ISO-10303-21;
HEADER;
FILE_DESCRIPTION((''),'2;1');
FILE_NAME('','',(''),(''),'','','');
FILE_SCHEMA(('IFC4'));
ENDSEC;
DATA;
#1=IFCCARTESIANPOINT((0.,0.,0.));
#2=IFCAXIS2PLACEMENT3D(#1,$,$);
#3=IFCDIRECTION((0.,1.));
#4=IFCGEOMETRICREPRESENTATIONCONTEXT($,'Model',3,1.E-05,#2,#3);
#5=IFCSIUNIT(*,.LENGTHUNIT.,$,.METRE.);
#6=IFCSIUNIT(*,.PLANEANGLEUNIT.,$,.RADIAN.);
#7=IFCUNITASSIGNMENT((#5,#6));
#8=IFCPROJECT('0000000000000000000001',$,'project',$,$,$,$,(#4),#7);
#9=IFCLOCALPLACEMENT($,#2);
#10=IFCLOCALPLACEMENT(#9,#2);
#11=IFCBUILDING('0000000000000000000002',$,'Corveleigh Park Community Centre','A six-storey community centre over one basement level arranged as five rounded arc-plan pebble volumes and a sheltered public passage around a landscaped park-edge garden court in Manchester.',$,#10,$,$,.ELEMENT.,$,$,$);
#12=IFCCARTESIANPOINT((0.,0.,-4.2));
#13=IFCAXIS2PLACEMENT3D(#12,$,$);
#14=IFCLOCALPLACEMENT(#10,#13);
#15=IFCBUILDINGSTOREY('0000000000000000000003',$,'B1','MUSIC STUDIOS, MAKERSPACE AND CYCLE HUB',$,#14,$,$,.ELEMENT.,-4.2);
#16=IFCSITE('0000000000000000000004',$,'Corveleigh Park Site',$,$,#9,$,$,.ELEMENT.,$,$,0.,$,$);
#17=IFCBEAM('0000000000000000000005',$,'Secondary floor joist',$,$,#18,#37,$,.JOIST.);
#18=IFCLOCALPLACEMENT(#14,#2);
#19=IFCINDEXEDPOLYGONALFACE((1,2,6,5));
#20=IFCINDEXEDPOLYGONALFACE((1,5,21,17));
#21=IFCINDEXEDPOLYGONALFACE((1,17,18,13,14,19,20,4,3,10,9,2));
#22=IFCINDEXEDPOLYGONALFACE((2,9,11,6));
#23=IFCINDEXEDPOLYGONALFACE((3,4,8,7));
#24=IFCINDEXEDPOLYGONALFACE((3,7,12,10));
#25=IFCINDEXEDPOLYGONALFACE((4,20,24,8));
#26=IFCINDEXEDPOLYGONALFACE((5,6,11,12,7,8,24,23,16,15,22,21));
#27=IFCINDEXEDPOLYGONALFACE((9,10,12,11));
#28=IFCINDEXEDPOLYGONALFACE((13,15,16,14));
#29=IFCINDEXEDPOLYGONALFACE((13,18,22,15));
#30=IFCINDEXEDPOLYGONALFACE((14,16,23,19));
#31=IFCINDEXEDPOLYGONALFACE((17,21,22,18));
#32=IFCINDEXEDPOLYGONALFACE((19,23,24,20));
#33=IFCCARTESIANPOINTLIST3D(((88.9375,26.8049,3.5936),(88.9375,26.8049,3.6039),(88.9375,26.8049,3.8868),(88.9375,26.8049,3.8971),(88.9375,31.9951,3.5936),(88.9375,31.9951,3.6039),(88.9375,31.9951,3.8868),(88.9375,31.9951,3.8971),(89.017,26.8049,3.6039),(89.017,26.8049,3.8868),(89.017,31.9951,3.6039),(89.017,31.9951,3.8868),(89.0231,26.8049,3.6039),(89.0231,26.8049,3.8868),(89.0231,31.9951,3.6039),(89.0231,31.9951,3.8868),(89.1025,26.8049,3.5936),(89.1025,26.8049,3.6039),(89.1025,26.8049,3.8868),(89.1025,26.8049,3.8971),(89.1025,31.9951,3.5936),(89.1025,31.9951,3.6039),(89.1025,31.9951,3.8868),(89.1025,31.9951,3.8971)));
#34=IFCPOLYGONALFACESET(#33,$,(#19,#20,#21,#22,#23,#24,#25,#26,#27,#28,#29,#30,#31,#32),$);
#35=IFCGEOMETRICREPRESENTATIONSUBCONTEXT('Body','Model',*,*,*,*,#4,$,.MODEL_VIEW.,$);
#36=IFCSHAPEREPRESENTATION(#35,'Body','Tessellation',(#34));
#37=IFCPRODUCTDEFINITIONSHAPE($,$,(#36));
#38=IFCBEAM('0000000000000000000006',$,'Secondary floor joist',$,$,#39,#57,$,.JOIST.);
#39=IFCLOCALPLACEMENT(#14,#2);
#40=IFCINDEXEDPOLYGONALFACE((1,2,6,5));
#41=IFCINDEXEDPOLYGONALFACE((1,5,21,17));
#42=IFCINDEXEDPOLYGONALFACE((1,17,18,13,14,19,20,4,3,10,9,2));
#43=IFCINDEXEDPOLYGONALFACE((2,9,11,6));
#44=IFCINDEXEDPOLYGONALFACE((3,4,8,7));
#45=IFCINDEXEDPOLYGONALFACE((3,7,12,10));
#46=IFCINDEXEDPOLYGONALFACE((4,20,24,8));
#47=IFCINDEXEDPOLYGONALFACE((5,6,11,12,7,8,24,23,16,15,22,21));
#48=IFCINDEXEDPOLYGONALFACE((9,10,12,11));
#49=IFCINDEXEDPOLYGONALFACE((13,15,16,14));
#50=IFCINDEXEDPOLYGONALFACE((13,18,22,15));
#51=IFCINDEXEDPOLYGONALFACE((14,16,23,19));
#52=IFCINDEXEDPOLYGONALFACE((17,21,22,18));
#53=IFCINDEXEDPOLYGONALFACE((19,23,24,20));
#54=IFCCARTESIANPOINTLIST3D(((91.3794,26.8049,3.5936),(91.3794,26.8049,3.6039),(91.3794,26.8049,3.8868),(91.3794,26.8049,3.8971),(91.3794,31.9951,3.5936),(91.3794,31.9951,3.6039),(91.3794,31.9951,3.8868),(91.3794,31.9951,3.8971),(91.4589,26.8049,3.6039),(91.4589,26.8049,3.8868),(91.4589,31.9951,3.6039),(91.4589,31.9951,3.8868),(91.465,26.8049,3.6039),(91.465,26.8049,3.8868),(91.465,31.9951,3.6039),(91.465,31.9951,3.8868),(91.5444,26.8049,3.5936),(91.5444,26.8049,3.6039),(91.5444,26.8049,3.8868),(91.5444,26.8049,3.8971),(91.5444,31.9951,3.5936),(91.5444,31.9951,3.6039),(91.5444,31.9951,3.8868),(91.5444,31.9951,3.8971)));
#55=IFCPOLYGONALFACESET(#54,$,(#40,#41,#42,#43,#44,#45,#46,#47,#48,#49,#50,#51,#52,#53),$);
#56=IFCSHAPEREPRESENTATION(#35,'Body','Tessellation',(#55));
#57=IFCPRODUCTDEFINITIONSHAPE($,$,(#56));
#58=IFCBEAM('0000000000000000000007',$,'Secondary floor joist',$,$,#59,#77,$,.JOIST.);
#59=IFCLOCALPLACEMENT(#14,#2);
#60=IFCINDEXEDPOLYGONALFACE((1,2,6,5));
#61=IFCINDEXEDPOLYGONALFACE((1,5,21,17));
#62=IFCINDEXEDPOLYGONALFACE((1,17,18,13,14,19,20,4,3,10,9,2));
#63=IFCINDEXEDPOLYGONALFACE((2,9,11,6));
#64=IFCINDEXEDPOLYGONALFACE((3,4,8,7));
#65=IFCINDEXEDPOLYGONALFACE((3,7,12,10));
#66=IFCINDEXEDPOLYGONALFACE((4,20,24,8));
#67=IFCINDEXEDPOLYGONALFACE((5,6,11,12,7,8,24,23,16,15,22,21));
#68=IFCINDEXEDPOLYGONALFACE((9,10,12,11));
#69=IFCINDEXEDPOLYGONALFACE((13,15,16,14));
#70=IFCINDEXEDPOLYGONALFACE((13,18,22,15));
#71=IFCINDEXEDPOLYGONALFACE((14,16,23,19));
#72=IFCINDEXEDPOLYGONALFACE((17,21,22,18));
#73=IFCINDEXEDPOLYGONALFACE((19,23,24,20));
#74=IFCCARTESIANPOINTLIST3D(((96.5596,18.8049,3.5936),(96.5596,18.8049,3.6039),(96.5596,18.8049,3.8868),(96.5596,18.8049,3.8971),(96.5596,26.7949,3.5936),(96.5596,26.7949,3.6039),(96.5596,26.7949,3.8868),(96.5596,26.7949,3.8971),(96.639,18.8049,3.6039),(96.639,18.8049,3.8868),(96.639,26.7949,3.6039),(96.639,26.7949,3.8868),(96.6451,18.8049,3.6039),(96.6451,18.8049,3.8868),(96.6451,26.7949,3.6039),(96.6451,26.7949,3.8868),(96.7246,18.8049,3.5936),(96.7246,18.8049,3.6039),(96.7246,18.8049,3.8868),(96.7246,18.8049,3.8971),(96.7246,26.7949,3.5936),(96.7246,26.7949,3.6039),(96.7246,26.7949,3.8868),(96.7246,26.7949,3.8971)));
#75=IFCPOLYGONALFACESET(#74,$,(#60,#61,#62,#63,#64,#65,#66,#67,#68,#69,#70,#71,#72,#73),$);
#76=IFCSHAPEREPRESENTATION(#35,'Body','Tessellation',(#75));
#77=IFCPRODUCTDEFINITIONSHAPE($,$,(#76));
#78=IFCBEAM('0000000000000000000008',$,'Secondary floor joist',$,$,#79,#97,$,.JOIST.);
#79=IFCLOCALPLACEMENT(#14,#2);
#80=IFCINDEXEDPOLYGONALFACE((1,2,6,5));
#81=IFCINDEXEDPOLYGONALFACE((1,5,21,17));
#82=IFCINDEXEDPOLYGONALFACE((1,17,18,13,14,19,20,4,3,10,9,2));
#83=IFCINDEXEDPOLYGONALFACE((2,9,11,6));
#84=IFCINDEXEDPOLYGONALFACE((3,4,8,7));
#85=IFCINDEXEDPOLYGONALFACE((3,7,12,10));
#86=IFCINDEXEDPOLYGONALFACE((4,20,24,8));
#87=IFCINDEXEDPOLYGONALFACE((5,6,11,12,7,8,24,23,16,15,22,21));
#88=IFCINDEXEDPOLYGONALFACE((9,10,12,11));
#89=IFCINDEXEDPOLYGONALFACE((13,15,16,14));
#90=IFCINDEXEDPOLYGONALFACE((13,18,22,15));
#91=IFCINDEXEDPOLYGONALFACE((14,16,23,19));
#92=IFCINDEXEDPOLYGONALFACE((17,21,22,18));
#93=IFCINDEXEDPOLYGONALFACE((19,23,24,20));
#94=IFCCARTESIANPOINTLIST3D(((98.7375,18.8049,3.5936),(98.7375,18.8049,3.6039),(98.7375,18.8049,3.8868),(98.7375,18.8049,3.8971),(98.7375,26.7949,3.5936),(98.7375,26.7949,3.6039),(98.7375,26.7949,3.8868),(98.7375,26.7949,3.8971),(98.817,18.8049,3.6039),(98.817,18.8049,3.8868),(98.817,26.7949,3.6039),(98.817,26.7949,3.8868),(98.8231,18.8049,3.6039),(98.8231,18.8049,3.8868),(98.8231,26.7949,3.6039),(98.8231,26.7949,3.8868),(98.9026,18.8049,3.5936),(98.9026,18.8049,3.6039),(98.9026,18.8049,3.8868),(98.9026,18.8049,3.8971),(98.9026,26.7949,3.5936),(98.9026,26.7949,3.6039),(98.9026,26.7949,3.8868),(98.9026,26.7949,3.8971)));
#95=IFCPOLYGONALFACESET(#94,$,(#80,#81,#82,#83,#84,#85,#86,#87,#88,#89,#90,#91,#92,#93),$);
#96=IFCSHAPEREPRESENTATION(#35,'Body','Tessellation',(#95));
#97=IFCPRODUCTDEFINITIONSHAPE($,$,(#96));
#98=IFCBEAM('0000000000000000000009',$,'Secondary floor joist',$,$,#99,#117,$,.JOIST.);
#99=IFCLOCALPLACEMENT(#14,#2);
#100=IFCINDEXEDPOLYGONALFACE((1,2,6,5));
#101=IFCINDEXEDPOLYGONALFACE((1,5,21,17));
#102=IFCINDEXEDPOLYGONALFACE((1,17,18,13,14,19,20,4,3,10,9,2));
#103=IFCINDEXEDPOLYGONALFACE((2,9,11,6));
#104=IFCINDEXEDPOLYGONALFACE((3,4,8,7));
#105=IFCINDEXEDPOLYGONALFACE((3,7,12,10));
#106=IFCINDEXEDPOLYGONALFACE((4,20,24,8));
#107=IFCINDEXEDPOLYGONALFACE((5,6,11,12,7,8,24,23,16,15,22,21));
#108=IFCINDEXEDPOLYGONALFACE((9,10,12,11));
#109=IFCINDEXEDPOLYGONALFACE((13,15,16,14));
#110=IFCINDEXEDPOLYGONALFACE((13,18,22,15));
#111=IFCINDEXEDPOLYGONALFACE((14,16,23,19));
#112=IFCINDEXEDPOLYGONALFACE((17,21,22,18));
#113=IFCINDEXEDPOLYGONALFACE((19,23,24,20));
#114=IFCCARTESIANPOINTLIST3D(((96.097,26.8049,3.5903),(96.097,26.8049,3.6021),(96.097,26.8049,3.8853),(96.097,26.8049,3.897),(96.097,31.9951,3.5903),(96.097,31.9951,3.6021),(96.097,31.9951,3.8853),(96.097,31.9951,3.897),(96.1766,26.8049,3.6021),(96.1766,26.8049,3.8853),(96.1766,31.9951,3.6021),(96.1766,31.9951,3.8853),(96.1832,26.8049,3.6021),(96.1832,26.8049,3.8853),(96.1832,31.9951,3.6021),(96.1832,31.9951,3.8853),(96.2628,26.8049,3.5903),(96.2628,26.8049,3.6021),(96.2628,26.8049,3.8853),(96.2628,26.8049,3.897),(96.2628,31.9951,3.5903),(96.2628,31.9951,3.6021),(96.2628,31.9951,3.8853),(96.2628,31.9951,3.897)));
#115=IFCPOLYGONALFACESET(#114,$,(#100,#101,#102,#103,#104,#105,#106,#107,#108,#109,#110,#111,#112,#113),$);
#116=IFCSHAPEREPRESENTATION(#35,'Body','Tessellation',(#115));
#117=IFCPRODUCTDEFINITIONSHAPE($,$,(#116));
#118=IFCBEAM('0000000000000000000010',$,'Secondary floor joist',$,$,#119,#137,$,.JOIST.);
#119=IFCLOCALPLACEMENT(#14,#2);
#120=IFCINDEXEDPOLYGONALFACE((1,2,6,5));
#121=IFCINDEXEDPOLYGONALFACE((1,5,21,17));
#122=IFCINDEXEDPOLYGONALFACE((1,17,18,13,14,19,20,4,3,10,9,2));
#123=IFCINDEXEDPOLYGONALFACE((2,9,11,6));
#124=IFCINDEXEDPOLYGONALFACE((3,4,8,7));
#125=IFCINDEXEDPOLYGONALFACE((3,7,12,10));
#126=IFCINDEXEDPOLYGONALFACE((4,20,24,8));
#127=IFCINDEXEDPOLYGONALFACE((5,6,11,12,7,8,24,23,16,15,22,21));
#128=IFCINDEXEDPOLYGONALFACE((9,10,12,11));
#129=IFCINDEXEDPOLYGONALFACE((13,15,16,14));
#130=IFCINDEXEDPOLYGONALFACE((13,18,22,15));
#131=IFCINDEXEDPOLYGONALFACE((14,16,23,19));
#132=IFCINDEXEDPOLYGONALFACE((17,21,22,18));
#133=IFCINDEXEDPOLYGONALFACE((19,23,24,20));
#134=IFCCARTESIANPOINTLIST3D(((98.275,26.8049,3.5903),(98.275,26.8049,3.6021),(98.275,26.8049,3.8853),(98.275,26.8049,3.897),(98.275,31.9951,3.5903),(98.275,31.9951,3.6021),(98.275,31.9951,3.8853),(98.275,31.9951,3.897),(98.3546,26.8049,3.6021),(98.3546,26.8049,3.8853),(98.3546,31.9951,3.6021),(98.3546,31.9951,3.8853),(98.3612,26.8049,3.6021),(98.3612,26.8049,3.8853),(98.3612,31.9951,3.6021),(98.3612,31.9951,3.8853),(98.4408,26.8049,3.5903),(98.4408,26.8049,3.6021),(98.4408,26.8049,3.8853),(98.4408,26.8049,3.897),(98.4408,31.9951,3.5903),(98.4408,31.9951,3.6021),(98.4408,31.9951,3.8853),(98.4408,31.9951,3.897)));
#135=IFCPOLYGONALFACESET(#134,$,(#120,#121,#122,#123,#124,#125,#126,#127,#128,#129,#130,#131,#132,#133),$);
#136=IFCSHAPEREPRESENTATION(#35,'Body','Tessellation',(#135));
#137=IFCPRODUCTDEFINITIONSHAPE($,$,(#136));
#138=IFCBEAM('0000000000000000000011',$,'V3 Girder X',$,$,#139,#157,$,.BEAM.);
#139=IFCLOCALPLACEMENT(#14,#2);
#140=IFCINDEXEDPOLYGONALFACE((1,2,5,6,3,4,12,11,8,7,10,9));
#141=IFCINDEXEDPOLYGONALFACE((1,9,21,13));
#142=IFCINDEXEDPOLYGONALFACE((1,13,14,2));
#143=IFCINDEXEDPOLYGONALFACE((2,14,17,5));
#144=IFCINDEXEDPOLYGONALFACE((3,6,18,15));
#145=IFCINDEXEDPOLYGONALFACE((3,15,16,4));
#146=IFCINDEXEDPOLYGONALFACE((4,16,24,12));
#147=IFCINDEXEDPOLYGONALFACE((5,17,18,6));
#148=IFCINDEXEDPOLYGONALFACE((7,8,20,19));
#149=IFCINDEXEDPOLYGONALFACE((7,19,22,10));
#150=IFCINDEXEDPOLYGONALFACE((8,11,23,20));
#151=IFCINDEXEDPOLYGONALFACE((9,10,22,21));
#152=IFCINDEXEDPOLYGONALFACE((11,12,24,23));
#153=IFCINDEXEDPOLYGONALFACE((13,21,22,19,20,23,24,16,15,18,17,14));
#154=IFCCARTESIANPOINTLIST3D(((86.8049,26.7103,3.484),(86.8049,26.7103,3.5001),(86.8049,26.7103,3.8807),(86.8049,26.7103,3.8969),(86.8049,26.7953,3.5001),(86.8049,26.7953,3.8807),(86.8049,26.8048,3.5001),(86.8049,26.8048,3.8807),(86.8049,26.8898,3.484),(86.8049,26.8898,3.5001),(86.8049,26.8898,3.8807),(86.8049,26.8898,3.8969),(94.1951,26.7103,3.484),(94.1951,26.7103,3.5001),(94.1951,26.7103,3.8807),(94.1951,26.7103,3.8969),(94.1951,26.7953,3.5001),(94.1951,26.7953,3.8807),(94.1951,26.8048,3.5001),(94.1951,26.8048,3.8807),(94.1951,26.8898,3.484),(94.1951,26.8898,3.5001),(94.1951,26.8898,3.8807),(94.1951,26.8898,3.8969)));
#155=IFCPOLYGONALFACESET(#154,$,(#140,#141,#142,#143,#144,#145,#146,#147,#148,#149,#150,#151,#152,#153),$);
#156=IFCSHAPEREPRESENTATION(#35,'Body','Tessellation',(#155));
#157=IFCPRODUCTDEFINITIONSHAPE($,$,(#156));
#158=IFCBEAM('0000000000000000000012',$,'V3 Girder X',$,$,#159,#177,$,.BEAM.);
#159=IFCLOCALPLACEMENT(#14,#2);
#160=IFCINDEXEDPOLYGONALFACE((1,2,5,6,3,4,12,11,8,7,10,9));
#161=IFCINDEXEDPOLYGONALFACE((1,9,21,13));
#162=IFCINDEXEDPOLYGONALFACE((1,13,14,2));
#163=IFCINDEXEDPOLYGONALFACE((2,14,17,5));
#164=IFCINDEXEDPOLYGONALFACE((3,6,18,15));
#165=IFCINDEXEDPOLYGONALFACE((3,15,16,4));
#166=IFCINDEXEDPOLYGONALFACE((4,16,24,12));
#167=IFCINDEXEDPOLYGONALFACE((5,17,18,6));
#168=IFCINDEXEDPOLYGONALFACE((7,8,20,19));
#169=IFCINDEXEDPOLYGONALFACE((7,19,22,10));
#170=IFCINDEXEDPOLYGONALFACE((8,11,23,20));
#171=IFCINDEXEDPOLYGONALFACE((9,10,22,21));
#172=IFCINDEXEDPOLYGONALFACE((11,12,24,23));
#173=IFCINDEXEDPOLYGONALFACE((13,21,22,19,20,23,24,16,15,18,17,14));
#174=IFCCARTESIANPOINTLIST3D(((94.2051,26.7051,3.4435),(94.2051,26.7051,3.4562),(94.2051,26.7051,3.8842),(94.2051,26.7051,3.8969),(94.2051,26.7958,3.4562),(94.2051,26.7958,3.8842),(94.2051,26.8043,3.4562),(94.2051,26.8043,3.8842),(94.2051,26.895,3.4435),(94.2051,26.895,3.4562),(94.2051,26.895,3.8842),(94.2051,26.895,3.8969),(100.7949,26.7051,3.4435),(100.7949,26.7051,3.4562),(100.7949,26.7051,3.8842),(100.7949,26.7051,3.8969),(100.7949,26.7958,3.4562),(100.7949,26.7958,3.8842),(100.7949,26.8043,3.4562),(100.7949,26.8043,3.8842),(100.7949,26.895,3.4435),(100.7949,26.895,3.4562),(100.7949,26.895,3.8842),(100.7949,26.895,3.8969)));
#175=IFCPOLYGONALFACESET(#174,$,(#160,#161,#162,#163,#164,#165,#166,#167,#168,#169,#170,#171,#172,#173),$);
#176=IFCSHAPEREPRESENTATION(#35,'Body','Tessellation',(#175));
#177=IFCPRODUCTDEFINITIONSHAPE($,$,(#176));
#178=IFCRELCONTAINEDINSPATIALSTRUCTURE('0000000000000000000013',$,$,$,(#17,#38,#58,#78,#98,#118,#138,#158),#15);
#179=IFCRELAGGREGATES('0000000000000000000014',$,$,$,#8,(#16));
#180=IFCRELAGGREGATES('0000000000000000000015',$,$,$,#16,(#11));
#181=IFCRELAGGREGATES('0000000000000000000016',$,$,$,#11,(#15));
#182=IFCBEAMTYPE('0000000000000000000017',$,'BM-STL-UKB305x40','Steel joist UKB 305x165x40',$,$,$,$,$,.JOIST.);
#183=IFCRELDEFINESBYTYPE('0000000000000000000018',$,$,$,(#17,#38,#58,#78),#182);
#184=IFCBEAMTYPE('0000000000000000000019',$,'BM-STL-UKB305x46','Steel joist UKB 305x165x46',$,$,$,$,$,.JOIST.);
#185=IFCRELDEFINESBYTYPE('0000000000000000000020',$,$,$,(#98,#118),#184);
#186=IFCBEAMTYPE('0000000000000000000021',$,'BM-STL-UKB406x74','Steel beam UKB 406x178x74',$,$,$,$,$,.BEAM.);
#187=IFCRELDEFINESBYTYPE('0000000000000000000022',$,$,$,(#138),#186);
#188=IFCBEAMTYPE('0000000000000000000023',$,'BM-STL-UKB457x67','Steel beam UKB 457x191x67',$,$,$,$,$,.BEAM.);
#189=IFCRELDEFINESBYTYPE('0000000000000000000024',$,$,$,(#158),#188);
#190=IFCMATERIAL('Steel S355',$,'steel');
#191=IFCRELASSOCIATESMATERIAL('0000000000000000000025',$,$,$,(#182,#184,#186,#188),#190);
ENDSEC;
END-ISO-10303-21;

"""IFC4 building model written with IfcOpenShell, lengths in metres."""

from ifc_helpers import new_model, si_unit, direction, frame, origin, origin_2d, place, context, subcontext, project, spatial, i_section, extrude, material, material_profile, profile_set, type_object, element, save


model = new_model("IFC4")

# Units and contexts
model_context = context("Model", 3, precision=1e-05, world=origin(), true_north=direction((0.0, 1.0)))
body_context = subcontext(model_context, "Body", "Model", "MODEL_VIEW")
ifc_project = project(units=[si_unit("LENGTHUNIT", "METRE"), si_unit("PLANEANGLEUNIT", "RADIAN")], contexts=[model_context])

# Site, building, storey
site_placement = place(None, origin())
site = spatial("IfcSite", under=ifc_project, at=site_placement, Name="Corveleigh Park Site", CompositionType="ELEMENT", RefElevation=0.0)
building_placement = place(site_placement, origin())
building = spatial("IfcBuilding", under=site, at=building_placement, Name="Corveleigh Park Community Centre", Description="A six-storey community centre over one basement level arranged as five rounded arc-plan pebble volumes and a sheltered public passage around a landscaped park-edge garden court in Manchester.", CompositionType="ELEMENT")
storey_placement = place(building_placement, frame((0.0, 0.0, -4.2)))
storey = spatial("IfcBuildingStorey", under=building, at=storey_placement, Name="B1", Description="MUSIC STUDIOS, MAKERSPACE AND CYCLE HUB", CompositionType="ELEMENT", Elevation=-4.2)

# Beams
ifc_material_1 = material(Name="Steel S355", Category="steel")
ifc_material_profile_1 = material_profile(ifc_material_1, i_section(OverallWidth=0.165, OverallDepth=0.3035, WebThickness=0.0061, FlangeThickness=0.0103, at=origin_2d()), Name="UKB 305x165x40", Category="steel")
ifc_profile_set_1 = profile_set([ifc_material_profile_1], Name="Steel S355")
beam_type_1 = type_object("IfcBeamType", Name="BM-STL-UKB305x40", Description="Steel joist UKB 305x165x40", PredefinedType="JOIST", material=ifc_profile_set_1)
for number, where, z_axis, x_axis, name in (
    (1, (89.02, 26.8049, 3.7454), (0.0, 1.0, 0.0), (-1.0, 0.0, 0.0), "Secondary floor joist"),
    (2, (91.4619, 26.8049, 3.7454), (0.0, 1.0, 0.0), (-1.0, 0.0, 0.0), "Secondary floor joist"),
):
    element("IfcBeam", number, at=place(storey_placement, frame(where, z_axis=z_axis, x_axis=x_axis)), inside=storey, type_object=beam_type_1, Name=name, PredefinedType="JOIST", context=body_context, shape_type="SweptSolid", body=[
        extrude(i_section(OverallWidth=0.165, OverallDepth=0.3035, WebThickness=0.0061, FlangeThickness=0.0103, at=origin_2d()), origin(), (0.0, 0.0, 1.0), 5.1902),
    ])
for number, where, z_axis, x_axis, name in (
    (3, (96.6421, 18.8049, 3.7454), (0.0, 1.0, 0.0), (-1.0, 0.0, 0.0), "Secondary floor joist"),
    (4, (98.8201, 18.8049, 3.7454), (0.0, 1.0, 0.0), (-1.0, 0.0, 0.0), "Secondary floor joist"),
):
    element("IfcBeam", number, at=place(storey_placement, frame(where, z_axis=z_axis, x_axis=x_axis)), inside=storey, type_object=beam_type_1, Name=name, PredefinedType="JOIST", context=body_context, shape_type="SweptSolid", body=[
        extrude(i_section(OverallWidth=0.165, OverallDepth=0.3035, WebThickness=0.0061, FlangeThickness=0.0103, at=origin_2d()), origin(), (0.0, 0.0, 1.0), 7.99),
    ])
ifc_material_profile_2 = material_profile(ifc_material_1, i_section(OverallWidth=0.1658, OverallDepth=0.3066, WebThickness=0.0066, FlangeThickness=0.0117, at=origin_2d()), Name="UKB 305x165x46", Category="steel")
ifc_profile_set_2 = profile_set([ifc_material_profile_2], Name="Steel S355")
beam_type_2 = type_object("IfcBeamType", Name="BM-STL-UKB305x46", Description="Steel joist UKB 305x165x46", PredefinedType="JOIST", material=ifc_profile_set_2)
for number, where, z_axis, x_axis, name in (
    (5, (96.1799, 26.8049, 3.7437), (0.0, 1.0, 0.0), (-1.0, 0.0, 0.0), "Secondary floor joist"),
    (6, (98.3579, 26.8049, 3.7437), (0.0, 1.0, 0.0), (-1.0, 0.0, 0.0), "Secondary floor joist"),
):
    element("IfcBeam", number, at=place(storey_placement, frame(where, z_axis=z_axis, x_axis=x_axis)), inside=storey, type_object=beam_type_2, Name=name, PredefinedType="JOIST", context=body_context, shape_type="SweptSolid", body=[
        extrude(i_section(OverallWidth=0.1658, OverallDepth=0.3066, WebThickness=0.0066, FlangeThickness=0.0117, at=origin_2d()), origin(), (0.0, 0.0, 1.0), 5.1902),
    ])
ifc_material_profile_3 = material_profile(ifc_material_1, i_section(OverallWidth=0.1794, OverallDepth=0.4128, WebThickness=0.0095, FlangeThickness=0.0161, at=origin_2d()), Name="UKB 406x178x74", Category="steel")
ifc_profile_set_3 = profile_set([ifc_material_profile_3], Name="Steel S355")
beam_type_3 = type_object("IfcBeamType", Name="BM-STL-UKB406x74", Description="Steel beam UKB 406x178x74", PredefinedType="BEAM", material=ifc_profile_set_3)
beam_1_placement = place(storey_placement, frame((86.8049, 26.8, 3.6904), z_axis=(1.0, 0.0, 0.0), x_axis=(0.0, 1.0, 0.0)))
element("IfcBeam", 7, at=beam_1_placement, inside=storey, type_object=beam_type_3, Name="V3 Girder X", PredefinedType="BEAM", context=body_context, shape_type="SweptSolid", body=[
    extrude(i_section(OverallWidth=0.1794, OverallDepth=0.4128, WebThickness=0.0095, FlangeThickness=0.0161, at=origin_2d()), origin(), (0.0, 0.0, 1.0), 7.3901),
])
ifc_material_profile_4 = material_profile(ifc_material_1, i_section(OverallWidth=0.1899, OverallDepth=0.4534, WebThickness=0.0085, FlangeThickness=0.0127, at=origin_2d()), Name="UKB 457x191x67", Category="steel")
ifc_profile_set_4 = profile_set([ifc_material_profile_4], Name="Steel S355")
beam_type_4 = type_object("IfcBeamType", Name="BM-STL-UKB457x67", Description="Steel beam UKB 457x191x67", PredefinedType="BEAM", material=ifc_profile_set_4)
beam_2_placement = place(storey_placement, frame((94.2051, 26.8, 3.6702), z_axis=(1.0, 0.0, 0.0), x_axis=(0.0, 1.0, 0.0)))
element("IfcBeam", 8, at=beam_2_placement, inside=storey, type_object=beam_type_4, Name="V3 Girder X", PredefinedType="BEAM", context=body_context, shape_type="SweptSolid", body=[
    extrude(i_section(OverallWidth=0.1899, OverallDepth=0.4534, WebThickness=0.0085, FlangeThickness=0.0127, at=origin_2d()), origin(), (0.0, 0.0, 1.0), 6.5898),
])

save(model, "model.ifc")
